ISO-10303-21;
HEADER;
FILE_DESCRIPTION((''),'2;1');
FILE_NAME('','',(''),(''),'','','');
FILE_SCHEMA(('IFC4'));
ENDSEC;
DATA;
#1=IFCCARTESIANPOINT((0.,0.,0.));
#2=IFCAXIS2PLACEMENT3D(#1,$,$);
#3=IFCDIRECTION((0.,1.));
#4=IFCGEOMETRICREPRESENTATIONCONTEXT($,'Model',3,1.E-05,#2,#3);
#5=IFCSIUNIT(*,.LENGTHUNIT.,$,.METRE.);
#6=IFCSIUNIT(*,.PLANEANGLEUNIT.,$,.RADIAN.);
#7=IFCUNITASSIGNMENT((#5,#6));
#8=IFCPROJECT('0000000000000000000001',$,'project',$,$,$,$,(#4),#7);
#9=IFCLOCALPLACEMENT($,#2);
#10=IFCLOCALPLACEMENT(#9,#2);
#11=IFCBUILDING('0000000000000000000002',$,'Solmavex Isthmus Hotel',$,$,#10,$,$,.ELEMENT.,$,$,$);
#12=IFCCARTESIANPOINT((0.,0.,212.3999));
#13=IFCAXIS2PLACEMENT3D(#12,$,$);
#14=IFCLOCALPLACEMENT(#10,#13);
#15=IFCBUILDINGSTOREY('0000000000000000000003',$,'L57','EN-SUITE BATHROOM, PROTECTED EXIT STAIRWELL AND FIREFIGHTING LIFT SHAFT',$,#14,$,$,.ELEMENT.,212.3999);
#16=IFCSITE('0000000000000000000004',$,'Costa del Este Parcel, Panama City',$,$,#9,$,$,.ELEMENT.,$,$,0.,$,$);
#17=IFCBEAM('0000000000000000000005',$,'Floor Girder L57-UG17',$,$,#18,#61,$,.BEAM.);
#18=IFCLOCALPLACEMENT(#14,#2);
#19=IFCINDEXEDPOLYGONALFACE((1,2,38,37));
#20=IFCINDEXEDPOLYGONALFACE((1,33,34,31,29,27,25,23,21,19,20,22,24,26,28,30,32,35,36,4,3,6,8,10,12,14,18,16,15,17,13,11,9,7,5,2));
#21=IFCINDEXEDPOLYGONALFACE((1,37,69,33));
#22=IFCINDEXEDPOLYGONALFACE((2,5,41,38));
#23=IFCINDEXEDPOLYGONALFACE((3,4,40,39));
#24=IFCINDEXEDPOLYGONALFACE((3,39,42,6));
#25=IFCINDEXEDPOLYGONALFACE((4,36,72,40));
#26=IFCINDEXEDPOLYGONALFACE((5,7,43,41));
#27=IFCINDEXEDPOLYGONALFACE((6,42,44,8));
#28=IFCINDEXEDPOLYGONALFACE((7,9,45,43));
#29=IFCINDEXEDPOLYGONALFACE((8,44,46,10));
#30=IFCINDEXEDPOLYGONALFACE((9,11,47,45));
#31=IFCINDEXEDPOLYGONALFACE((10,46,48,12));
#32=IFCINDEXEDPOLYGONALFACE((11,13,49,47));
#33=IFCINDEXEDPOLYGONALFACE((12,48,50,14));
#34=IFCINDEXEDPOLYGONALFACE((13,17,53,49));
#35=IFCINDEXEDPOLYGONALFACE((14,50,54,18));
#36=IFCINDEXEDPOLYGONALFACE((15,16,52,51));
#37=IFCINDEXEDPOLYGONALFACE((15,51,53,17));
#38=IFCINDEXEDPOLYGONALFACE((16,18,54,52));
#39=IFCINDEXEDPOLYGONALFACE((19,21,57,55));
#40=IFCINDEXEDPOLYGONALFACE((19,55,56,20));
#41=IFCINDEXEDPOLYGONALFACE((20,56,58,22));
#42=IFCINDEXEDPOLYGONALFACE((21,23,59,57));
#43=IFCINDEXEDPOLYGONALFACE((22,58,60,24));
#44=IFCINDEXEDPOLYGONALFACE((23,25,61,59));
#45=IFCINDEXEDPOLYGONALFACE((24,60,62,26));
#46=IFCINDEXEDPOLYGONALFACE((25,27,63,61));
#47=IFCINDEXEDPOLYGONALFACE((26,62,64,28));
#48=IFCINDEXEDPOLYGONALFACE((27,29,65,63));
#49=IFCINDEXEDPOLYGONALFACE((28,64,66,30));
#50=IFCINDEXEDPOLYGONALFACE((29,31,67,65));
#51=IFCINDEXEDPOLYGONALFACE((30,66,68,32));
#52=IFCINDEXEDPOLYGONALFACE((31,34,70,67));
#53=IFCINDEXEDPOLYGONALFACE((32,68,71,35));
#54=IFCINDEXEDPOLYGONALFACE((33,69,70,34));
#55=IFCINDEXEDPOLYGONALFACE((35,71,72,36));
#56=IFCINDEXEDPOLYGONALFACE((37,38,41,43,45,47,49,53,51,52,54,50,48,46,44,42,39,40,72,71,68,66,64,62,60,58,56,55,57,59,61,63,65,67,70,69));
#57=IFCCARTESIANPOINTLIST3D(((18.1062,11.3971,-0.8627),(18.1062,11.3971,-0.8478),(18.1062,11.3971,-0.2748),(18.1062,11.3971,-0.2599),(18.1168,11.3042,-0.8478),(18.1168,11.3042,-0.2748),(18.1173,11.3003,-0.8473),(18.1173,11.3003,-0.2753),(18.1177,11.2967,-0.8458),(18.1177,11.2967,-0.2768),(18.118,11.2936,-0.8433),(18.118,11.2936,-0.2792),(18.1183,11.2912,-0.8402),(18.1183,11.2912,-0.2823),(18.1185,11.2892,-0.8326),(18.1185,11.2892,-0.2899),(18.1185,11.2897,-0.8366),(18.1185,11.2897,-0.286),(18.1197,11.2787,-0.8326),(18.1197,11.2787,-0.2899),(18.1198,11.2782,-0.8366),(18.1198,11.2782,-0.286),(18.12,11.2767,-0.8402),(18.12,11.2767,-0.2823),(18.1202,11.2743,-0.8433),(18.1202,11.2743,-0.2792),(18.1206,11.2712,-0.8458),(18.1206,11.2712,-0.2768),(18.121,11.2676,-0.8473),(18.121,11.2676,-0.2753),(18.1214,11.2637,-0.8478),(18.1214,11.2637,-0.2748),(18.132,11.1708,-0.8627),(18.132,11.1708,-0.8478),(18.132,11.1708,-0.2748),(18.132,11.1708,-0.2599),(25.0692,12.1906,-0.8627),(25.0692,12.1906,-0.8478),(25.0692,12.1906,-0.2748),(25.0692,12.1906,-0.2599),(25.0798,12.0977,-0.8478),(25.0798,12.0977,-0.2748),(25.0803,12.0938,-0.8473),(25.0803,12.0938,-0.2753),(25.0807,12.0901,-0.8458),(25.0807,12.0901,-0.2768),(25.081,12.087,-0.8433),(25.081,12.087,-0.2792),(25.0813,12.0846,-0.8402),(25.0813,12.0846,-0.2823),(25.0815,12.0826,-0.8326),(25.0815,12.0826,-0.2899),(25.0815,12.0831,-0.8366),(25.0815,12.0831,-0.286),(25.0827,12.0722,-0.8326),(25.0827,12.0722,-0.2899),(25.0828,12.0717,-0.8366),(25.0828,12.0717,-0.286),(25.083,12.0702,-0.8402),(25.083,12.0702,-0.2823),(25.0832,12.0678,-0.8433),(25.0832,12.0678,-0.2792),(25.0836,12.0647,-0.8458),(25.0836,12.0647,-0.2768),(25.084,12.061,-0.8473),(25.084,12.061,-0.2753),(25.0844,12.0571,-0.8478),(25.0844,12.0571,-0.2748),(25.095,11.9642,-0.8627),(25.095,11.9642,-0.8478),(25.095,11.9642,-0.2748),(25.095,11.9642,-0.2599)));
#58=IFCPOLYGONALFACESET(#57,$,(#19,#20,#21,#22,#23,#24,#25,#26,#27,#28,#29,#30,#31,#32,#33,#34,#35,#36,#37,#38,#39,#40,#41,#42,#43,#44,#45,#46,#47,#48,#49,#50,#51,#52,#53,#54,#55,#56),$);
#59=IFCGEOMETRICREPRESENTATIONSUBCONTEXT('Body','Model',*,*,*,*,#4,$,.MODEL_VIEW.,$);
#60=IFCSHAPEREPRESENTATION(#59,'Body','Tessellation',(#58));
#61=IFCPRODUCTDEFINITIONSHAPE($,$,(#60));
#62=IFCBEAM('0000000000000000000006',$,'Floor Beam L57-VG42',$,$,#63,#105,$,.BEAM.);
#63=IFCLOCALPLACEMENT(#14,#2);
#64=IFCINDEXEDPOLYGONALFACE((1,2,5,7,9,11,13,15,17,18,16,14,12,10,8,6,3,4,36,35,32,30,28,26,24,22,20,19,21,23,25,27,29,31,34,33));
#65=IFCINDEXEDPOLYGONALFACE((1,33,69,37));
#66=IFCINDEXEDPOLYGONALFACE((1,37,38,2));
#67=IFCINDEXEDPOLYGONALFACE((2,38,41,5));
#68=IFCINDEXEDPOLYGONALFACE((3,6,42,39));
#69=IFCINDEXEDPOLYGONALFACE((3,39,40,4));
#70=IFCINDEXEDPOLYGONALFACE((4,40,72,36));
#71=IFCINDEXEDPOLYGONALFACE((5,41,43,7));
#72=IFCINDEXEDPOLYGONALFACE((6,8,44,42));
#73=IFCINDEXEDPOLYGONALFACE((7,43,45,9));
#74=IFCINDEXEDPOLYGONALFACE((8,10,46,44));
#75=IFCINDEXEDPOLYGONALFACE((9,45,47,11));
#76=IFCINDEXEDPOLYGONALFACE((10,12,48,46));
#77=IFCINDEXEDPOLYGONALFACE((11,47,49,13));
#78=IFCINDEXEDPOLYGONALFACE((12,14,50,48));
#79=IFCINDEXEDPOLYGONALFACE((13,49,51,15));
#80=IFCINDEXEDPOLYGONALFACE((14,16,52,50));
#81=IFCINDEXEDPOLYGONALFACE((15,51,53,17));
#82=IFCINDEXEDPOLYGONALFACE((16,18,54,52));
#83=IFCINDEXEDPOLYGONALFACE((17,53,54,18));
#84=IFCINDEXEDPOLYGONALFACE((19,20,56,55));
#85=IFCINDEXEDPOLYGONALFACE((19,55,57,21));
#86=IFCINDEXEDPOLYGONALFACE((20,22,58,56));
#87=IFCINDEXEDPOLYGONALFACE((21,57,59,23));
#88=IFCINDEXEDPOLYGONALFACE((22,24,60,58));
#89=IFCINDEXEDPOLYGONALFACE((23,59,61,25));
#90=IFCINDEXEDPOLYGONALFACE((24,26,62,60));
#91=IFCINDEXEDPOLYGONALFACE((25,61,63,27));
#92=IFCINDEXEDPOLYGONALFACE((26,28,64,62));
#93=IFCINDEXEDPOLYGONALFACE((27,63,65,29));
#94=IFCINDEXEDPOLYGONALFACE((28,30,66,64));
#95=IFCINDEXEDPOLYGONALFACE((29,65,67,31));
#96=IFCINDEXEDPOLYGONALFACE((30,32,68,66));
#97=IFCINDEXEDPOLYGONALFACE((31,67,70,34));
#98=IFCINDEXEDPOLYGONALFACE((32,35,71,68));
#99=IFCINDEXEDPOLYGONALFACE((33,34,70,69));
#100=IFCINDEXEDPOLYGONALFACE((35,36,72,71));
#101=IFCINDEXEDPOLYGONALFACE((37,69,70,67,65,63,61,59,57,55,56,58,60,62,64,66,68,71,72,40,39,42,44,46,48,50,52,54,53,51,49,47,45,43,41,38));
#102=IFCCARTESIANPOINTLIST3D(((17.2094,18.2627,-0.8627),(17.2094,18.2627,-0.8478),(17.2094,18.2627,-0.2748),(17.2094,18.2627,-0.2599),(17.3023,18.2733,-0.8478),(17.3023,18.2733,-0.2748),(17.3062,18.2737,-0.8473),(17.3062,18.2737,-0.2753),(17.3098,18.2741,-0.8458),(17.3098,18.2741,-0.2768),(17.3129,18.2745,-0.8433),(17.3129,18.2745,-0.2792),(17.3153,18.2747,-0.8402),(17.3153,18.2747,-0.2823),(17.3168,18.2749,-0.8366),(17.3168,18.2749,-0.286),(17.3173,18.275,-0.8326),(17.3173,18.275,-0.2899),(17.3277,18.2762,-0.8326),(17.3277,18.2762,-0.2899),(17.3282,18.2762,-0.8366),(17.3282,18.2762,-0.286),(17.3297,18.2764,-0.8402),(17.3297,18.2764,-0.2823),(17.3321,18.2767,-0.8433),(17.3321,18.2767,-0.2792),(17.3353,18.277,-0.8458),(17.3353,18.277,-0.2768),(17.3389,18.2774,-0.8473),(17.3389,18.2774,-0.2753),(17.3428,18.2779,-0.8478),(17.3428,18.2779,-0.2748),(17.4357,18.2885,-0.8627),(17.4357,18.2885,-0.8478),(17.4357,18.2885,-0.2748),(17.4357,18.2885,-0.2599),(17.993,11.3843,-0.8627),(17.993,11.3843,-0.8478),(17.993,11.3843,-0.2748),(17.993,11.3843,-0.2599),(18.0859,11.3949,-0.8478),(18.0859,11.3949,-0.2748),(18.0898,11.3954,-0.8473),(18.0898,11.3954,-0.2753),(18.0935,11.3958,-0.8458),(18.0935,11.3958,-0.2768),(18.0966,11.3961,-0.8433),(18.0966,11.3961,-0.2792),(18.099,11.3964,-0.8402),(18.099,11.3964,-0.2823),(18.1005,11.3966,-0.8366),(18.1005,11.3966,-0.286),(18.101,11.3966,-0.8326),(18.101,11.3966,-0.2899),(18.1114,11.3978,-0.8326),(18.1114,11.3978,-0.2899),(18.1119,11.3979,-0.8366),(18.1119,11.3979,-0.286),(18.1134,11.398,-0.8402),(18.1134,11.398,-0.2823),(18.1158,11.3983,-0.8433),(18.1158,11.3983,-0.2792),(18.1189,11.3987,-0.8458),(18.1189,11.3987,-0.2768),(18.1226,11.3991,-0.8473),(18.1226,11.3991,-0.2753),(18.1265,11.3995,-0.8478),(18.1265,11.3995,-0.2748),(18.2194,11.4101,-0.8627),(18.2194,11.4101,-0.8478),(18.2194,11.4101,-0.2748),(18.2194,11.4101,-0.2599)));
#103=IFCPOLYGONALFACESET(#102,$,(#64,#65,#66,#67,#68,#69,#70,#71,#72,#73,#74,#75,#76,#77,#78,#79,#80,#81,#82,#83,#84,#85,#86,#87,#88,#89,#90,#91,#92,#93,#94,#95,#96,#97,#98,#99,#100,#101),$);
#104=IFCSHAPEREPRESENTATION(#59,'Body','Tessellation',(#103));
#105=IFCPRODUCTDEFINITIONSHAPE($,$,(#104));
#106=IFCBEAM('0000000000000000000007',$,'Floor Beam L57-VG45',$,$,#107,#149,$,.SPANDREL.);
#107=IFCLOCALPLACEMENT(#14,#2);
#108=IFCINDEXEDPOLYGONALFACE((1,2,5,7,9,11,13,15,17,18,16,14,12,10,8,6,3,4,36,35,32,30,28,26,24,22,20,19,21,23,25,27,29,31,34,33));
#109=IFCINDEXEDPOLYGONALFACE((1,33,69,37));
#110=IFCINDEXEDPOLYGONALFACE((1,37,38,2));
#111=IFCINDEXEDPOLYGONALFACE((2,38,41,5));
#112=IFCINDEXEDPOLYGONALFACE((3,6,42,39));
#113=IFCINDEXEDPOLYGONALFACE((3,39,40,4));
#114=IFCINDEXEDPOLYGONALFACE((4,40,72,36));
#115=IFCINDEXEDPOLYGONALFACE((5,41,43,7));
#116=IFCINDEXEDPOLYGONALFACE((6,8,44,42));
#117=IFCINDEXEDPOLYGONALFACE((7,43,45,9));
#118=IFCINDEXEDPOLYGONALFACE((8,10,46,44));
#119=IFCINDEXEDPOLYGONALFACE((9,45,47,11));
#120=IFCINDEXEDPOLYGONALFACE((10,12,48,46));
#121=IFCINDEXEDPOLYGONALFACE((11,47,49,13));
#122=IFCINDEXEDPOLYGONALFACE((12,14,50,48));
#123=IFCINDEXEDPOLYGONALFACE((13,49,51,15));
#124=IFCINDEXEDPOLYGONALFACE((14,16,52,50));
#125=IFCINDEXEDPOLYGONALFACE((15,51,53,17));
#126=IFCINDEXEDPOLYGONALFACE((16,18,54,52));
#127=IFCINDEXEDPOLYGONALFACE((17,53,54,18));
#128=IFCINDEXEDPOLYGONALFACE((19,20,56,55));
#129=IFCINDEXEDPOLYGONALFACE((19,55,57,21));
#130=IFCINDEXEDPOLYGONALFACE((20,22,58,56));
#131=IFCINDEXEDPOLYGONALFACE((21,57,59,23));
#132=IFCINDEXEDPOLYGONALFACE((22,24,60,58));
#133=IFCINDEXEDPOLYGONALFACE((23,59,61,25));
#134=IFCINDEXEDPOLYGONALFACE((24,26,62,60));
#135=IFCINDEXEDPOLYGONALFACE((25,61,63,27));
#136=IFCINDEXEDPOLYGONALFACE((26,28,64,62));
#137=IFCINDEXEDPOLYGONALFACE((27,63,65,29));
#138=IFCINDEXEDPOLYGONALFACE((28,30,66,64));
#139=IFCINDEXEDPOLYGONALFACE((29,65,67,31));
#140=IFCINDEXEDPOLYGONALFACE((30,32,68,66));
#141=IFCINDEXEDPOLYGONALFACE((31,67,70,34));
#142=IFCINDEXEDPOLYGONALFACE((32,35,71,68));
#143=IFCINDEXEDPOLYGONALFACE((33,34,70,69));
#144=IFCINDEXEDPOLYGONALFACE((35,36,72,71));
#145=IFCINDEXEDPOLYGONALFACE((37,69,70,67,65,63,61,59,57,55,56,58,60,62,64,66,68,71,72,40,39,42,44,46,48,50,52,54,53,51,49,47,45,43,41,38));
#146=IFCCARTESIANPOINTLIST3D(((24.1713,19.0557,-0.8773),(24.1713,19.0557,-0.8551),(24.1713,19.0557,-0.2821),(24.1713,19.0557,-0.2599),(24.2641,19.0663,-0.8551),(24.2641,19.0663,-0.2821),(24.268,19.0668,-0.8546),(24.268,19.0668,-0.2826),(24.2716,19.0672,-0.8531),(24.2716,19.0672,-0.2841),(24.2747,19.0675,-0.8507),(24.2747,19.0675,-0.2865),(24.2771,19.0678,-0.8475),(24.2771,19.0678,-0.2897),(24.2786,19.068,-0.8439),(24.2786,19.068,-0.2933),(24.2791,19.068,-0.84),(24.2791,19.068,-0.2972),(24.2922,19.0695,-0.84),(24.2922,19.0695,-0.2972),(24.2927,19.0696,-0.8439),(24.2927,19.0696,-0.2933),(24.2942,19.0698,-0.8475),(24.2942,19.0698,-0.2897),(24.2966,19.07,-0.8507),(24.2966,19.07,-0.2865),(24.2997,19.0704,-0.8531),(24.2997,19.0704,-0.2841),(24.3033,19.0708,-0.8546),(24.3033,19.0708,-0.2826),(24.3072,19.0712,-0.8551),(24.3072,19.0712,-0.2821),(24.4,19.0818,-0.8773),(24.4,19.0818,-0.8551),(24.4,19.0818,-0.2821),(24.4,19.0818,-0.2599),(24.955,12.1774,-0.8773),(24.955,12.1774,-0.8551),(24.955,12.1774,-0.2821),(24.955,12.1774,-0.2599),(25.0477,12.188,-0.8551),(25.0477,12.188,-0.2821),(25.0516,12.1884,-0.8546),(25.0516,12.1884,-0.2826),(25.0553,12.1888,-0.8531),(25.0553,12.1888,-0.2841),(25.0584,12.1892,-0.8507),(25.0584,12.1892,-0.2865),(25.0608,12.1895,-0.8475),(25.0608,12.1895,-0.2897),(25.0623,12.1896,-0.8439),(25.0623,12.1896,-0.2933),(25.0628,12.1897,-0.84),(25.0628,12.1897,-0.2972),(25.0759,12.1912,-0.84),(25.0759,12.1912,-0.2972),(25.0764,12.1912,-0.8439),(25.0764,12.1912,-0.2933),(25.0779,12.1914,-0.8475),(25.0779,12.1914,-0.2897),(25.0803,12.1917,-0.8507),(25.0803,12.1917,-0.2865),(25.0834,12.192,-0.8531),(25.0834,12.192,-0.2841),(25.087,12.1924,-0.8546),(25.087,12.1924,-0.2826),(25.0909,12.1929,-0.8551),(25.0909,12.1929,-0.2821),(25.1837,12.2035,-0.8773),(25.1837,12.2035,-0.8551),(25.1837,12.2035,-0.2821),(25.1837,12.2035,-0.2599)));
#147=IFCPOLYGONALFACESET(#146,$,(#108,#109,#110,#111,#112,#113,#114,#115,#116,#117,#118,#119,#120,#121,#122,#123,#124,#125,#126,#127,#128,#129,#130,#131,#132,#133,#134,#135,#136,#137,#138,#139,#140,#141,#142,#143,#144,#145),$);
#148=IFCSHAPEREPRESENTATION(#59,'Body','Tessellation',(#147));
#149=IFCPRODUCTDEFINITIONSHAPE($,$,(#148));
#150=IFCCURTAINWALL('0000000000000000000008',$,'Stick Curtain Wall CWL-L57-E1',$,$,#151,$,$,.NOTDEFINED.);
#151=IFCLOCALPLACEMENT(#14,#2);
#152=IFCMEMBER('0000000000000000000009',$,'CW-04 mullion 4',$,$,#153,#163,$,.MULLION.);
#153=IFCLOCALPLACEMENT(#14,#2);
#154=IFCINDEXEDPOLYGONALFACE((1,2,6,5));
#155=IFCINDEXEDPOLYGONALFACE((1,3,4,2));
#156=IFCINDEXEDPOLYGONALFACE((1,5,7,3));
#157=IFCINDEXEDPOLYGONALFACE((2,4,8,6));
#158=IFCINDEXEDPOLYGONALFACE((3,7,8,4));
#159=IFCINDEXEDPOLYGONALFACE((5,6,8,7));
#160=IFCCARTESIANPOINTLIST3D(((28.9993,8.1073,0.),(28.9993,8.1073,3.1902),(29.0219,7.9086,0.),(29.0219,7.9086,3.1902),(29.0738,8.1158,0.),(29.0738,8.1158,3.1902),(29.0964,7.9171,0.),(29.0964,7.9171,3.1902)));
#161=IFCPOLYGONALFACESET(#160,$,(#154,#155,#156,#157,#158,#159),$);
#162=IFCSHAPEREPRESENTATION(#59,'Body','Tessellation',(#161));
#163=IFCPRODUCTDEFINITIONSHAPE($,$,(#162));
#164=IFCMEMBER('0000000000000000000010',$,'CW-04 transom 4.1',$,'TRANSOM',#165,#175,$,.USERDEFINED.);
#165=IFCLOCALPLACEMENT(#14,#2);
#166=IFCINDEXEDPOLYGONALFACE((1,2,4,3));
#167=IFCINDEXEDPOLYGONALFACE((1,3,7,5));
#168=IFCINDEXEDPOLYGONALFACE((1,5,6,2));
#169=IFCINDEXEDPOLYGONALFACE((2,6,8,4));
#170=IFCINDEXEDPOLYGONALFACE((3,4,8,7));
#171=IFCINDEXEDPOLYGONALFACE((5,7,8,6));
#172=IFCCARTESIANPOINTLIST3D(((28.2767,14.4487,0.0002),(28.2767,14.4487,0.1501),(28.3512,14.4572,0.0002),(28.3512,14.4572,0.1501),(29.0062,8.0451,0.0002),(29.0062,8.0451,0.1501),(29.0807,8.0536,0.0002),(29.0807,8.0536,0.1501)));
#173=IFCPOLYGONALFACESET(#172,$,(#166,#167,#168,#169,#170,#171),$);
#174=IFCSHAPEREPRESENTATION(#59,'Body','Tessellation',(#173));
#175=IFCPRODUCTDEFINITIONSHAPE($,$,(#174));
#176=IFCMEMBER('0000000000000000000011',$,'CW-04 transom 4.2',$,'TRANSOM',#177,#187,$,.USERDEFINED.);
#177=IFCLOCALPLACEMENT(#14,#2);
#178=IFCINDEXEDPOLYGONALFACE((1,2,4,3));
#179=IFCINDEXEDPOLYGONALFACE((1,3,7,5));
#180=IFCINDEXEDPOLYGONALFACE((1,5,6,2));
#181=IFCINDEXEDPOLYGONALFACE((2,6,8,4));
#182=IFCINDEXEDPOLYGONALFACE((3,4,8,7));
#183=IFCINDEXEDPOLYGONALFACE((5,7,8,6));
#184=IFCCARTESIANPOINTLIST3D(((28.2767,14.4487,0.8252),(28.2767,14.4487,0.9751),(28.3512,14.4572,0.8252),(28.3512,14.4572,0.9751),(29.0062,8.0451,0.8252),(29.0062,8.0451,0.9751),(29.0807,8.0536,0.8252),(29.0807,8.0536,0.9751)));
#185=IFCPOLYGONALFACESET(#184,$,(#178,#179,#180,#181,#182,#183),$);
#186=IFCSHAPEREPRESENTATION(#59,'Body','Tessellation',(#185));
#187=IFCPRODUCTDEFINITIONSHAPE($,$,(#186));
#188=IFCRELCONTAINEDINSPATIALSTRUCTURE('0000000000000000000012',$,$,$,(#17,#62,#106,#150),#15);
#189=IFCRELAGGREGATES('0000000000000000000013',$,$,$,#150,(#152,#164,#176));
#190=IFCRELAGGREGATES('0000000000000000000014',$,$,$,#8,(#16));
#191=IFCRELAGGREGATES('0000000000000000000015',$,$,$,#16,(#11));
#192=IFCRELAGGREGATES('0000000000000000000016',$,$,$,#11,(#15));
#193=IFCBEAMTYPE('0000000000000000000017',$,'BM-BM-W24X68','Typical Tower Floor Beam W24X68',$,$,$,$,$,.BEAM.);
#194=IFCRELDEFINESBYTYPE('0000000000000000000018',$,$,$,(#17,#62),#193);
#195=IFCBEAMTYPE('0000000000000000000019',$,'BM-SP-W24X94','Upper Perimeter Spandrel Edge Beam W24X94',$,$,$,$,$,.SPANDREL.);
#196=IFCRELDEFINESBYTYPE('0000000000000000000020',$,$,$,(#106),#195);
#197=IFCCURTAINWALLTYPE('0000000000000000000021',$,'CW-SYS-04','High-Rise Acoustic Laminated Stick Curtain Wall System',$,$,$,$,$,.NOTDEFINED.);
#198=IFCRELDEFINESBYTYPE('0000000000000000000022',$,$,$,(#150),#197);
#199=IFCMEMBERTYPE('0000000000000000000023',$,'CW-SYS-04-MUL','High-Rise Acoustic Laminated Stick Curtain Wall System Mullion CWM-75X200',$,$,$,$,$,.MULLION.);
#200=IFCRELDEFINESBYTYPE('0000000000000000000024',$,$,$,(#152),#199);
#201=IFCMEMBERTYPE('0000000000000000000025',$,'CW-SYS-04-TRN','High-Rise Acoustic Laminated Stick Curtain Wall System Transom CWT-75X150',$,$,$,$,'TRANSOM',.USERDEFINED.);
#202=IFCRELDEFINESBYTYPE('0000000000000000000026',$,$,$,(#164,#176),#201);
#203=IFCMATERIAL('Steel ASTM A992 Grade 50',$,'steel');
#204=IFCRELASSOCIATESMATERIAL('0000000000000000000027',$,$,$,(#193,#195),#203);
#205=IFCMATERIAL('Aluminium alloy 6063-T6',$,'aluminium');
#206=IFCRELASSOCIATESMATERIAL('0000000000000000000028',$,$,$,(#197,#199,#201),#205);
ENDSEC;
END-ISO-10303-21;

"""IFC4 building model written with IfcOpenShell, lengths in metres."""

from ifc_helpers import new_model, si_unit, direction, frame, origin, origin_2d, place, context, subcontext, project, spatial, rectangle, i_section, extrude, material, material_profile, profile_set, type_object, element, aggregate, save


model = new_model("IFC4")

# Units and contexts
model_context = context("Model", 3, precision=1e-05, world=origin(), true_north=direction((0.0, 1.0)))
body_context = subcontext(model_context, "Body", "Model", "MODEL_VIEW")
ifc_project = project(units=[si_unit("LENGTHUNIT", "METRE"), si_unit("PLANEANGLEUNIT", "RADIAN")], contexts=[model_context])

# Site, building, storey
site_placement = place(None, origin())
site = spatial("IfcSite", under=ifc_project, at=site_placement, Name="Costa del Este Parcel, Panama City", CompositionType="ELEMENT", RefElevation=0.0)
building_placement = place(site_placement, origin())
building = spatial("IfcBuilding", under=site, at=building_placement, Name="Solmavex Isthmus Hotel", CompositionType="ELEMENT")
storey_placement = place(building_placement, frame((0.0, 0.0, 212.3999)))
storey = spatial("IfcBuildingStorey", under=building, at=storey_placement, Name="L57", Description="EN-SUITE BATHROOM, PROTECTED EXIT STAIRWELL AND FIREFIGHTING LIFT SHAFT", CompositionType="ELEMENT", Elevation=212.3999)

# Beams
ifc_material_1 = material(Name="Steel ASTM A992 Grade 50", Category="steel")
ifc_material_profile_1 = material_profile(ifc_material_1, i_section(OverallWidth=0.2278, OverallDepth=0.6028, WebThickness=0.0105, FlangeThickness=0.0149, FilletRadius=0.0151, at=origin_2d()), Name="W24X68")
ifc_profile_set_1 = profile_set([ifc_material_profile_1], Name="Steel ASTM A992 Grade 50")
beam_type_1 = type_object("IfcBeamType", Name="BM-BM-W24X68", Description="Typical Tower Floor Beam W24X68", PredefinedType="BEAM", material=ifc_profile_set_1)
beam_1_placement = place(storey_placement, frame((18.1191, 11.2839, -0.5613), z_axis=(0.99357, 0.113222, 0.0), x_axis=(-0.113222, 0.99357, 0.0)))
element("IfcBeam", 1, at=beam_1_placement, inside=storey, type_object=beam_type_1, Name="Floor Girder L57-UG17", PredefinedType="BEAM", context=body_context, shape_type="SweptSolid", body=[
    extrude(i_section(OverallWidth=0.2278, OverallDepth=0.6028, WebThickness=0.0105, FlangeThickness=0.0149, FilletRadius=0.0151, at=origin_2d()), origin(), (0.0, 0.0, 1.0), 7.0081),
])
beam_2_placement = place(storey_placement, frame((18.1062, 11.3972, -0.5613), z_axis=(-0.113202, 0.993572, 0.0), x_axis=(-0.993572, -0.113202, 0.0)))
element("IfcBeam", 2, at=beam_2_placement, inside=storey, type_object=beam_type_1, Name="Floor Beam L57-VG42", PredefinedType="BEAM", context=body_context, shape_type="SweptSolid", body=[
    extrude(i_section(OverallWidth=0.2278, OverallDepth=0.6028, WebThickness=0.0105, FlangeThickness=0.0149, FilletRadius=0.0151, at=origin_2d()), origin(), (0.0, 0.0, 1.0), 6.9229),
])
ifc_material_profile_2 = material_profile(ifc_material_1, i_section(OverallWidth=0.2302, OverallDepth=0.6174, WebThickness=0.0132, FlangeThickness=0.0222, FilletRadius=0.0151, at=origin_2d()), Name="W24X94")
ifc_profile_set_2 = profile_set([ifc_material_profile_2], Name="Steel ASTM A992 Grade 50")
beam_type_2 = type_object("IfcBeamType", Name="BM-SP-W24X94", Description="Upper Perimeter Spandrel Edge Beam W24X94", PredefinedType="SPANDREL", material=ifc_profile_set_2)
beam_3_placement = place(storey_placement, frame((25.0693, 12.1904, -0.5686), z_axis=(-0.113202, 0.993572, 0.0), x_axis=(-0.993572, -0.113202, 0.0)))
element("IfcBeam", 3, at=beam_3_placement, inside=storey, type_object=beam_type_2, Name="Floor Beam L57-VG45", PredefinedType="SPANDREL", context=body_context, shape_type="SweptSolid", body=[
    extrude(i_section(OverallWidth=0.2302, OverallDepth=0.6174, WebThickness=0.0132, FlangeThickness=0.0222, FilletRadius=0.0151, at=origin_2d()), origin(), (0.0, 0.0, 1.0), 6.9229),
])

# Curtain wall, members
ifc_material_2 = material(Name="Aluminium alloy 6063-T6", Category="aluminium")
curtain_wall_type = type_object("IfcCurtainWallType", Name="CW-SYS-04", Description="High-Rise Acoustic Laminated Stick Curtain Wall System", PredefinedType="NOTDEFINED", material=ifc_material_2)
curtain_wall_placement = place(storey_placement, origin())
curtain_wall = element("IfcCurtainWall", 4, at=curtain_wall_placement, inside=storey, type_object=curtain_wall_type, Name="Stick Curtain Wall CWL-L57-E1", PredefinedType="NOTDEFINED")
ifc_material_profile_3 = material_profile(ifc_material_2, rectangle(XDim=0.075, YDim=0.2, at=origin_2d()), Name="CWM-75X200")
ifc_profile_set_3 = profile_set([ifc_material_profile_3], Name="Aluminium alloy 6063-T6")
member_type_1 = type_object("IfcMemberType", Name="CW-SYS-04-MUL", Description="High-Rise Acoustic Laminated Stick Curtain Wall System Mullion CWM-75X200", PredefinedType="MULLION", material=ifc_profile_set_3)
member_1_placement = place(storey_placement, frame((29.0479, 8.0122, 0.0), z_axis=(0.0, 0.0, 1.0), x_axis=(-0.993572, -0.113203, 0.0)))
member_1 = element("IfcMember", 5, at=member_1_placement, type_object=member_type_1, Name="CW-04 mullion 4", PredefinedType="MULLION", context=body_context, shape_type="SweptSolid", body=[
    extrude(rectangle(XDim=0.075, YDim=0.2, at=origin_2d()), origin(), (0.0, 0.0, 1.0), 3.1902),
])
ifc_material_profile_4 = material_profile(ifc_material_2, rectangle(XDim=0.075, YDim=0.1499, at=origin_2d()), Name="CWT-75X150")
ifc_profile_set_4 = profile_set([ifc_material_profile_4], Name="Aluminium alloy 6063-T6")
member_type_2 = type_object("IfcMemberType", Name="CW-SYS-04-TRN", Description="High-Rise Acoustic Laminated Stick Curtain Wall System Transom CWT-75X150", ElementType="TRANSOM", PredefinedType="USERDEFINED", material=ifc_profile_set_4)
member_2_placement = place(storey_placement, frame((29.0435, 8.0493, 0.0752), z_axis=(-0.113188, 0.993574, 0.0), x_axis=(-0.993574, -0.113188, 0.0)))
member_2 = element("IfcMember", 6, at=member_2_placement, type_object=member_type_2, Name="CW-04 transom 4.1", ObjectType="TRANSOM", PredefinedType="USERDEFINED", context=body_context, shape_type="SweptSolid", body=[
    extrude(rectangle(XDim=0.075, YDim=0.1499, at=origin_2d()), origin(), (0.0, 0.0, 1.0), 6.4451),
])
member_3_placement = place(storey_placement, frame((29.0435, 8.0493, 0.9001), z_axis=(-0.113188, 0.993574, 0.0), x_axis=(-0.993574, -0.113188, 0.0)))
member_3 = element("IfcMember", 7, at=member_3_placement, type_object=member_type_2, Name="CW-04 transom 4.2", ObjectType="TRANSOM", PredefinedType="USERDEFINED", context=body_context, shape_type="SweptSolid", body=[
    extrude(rectangle(XDim=0.075, YDim=0.1499, at=origin_2d()), origin(), (0.0, 0.0, 1.0), 6.4451),
])
aggregate(curtain_wall, [member_1, member_2, member_3])

save(model, "model.ifc")
